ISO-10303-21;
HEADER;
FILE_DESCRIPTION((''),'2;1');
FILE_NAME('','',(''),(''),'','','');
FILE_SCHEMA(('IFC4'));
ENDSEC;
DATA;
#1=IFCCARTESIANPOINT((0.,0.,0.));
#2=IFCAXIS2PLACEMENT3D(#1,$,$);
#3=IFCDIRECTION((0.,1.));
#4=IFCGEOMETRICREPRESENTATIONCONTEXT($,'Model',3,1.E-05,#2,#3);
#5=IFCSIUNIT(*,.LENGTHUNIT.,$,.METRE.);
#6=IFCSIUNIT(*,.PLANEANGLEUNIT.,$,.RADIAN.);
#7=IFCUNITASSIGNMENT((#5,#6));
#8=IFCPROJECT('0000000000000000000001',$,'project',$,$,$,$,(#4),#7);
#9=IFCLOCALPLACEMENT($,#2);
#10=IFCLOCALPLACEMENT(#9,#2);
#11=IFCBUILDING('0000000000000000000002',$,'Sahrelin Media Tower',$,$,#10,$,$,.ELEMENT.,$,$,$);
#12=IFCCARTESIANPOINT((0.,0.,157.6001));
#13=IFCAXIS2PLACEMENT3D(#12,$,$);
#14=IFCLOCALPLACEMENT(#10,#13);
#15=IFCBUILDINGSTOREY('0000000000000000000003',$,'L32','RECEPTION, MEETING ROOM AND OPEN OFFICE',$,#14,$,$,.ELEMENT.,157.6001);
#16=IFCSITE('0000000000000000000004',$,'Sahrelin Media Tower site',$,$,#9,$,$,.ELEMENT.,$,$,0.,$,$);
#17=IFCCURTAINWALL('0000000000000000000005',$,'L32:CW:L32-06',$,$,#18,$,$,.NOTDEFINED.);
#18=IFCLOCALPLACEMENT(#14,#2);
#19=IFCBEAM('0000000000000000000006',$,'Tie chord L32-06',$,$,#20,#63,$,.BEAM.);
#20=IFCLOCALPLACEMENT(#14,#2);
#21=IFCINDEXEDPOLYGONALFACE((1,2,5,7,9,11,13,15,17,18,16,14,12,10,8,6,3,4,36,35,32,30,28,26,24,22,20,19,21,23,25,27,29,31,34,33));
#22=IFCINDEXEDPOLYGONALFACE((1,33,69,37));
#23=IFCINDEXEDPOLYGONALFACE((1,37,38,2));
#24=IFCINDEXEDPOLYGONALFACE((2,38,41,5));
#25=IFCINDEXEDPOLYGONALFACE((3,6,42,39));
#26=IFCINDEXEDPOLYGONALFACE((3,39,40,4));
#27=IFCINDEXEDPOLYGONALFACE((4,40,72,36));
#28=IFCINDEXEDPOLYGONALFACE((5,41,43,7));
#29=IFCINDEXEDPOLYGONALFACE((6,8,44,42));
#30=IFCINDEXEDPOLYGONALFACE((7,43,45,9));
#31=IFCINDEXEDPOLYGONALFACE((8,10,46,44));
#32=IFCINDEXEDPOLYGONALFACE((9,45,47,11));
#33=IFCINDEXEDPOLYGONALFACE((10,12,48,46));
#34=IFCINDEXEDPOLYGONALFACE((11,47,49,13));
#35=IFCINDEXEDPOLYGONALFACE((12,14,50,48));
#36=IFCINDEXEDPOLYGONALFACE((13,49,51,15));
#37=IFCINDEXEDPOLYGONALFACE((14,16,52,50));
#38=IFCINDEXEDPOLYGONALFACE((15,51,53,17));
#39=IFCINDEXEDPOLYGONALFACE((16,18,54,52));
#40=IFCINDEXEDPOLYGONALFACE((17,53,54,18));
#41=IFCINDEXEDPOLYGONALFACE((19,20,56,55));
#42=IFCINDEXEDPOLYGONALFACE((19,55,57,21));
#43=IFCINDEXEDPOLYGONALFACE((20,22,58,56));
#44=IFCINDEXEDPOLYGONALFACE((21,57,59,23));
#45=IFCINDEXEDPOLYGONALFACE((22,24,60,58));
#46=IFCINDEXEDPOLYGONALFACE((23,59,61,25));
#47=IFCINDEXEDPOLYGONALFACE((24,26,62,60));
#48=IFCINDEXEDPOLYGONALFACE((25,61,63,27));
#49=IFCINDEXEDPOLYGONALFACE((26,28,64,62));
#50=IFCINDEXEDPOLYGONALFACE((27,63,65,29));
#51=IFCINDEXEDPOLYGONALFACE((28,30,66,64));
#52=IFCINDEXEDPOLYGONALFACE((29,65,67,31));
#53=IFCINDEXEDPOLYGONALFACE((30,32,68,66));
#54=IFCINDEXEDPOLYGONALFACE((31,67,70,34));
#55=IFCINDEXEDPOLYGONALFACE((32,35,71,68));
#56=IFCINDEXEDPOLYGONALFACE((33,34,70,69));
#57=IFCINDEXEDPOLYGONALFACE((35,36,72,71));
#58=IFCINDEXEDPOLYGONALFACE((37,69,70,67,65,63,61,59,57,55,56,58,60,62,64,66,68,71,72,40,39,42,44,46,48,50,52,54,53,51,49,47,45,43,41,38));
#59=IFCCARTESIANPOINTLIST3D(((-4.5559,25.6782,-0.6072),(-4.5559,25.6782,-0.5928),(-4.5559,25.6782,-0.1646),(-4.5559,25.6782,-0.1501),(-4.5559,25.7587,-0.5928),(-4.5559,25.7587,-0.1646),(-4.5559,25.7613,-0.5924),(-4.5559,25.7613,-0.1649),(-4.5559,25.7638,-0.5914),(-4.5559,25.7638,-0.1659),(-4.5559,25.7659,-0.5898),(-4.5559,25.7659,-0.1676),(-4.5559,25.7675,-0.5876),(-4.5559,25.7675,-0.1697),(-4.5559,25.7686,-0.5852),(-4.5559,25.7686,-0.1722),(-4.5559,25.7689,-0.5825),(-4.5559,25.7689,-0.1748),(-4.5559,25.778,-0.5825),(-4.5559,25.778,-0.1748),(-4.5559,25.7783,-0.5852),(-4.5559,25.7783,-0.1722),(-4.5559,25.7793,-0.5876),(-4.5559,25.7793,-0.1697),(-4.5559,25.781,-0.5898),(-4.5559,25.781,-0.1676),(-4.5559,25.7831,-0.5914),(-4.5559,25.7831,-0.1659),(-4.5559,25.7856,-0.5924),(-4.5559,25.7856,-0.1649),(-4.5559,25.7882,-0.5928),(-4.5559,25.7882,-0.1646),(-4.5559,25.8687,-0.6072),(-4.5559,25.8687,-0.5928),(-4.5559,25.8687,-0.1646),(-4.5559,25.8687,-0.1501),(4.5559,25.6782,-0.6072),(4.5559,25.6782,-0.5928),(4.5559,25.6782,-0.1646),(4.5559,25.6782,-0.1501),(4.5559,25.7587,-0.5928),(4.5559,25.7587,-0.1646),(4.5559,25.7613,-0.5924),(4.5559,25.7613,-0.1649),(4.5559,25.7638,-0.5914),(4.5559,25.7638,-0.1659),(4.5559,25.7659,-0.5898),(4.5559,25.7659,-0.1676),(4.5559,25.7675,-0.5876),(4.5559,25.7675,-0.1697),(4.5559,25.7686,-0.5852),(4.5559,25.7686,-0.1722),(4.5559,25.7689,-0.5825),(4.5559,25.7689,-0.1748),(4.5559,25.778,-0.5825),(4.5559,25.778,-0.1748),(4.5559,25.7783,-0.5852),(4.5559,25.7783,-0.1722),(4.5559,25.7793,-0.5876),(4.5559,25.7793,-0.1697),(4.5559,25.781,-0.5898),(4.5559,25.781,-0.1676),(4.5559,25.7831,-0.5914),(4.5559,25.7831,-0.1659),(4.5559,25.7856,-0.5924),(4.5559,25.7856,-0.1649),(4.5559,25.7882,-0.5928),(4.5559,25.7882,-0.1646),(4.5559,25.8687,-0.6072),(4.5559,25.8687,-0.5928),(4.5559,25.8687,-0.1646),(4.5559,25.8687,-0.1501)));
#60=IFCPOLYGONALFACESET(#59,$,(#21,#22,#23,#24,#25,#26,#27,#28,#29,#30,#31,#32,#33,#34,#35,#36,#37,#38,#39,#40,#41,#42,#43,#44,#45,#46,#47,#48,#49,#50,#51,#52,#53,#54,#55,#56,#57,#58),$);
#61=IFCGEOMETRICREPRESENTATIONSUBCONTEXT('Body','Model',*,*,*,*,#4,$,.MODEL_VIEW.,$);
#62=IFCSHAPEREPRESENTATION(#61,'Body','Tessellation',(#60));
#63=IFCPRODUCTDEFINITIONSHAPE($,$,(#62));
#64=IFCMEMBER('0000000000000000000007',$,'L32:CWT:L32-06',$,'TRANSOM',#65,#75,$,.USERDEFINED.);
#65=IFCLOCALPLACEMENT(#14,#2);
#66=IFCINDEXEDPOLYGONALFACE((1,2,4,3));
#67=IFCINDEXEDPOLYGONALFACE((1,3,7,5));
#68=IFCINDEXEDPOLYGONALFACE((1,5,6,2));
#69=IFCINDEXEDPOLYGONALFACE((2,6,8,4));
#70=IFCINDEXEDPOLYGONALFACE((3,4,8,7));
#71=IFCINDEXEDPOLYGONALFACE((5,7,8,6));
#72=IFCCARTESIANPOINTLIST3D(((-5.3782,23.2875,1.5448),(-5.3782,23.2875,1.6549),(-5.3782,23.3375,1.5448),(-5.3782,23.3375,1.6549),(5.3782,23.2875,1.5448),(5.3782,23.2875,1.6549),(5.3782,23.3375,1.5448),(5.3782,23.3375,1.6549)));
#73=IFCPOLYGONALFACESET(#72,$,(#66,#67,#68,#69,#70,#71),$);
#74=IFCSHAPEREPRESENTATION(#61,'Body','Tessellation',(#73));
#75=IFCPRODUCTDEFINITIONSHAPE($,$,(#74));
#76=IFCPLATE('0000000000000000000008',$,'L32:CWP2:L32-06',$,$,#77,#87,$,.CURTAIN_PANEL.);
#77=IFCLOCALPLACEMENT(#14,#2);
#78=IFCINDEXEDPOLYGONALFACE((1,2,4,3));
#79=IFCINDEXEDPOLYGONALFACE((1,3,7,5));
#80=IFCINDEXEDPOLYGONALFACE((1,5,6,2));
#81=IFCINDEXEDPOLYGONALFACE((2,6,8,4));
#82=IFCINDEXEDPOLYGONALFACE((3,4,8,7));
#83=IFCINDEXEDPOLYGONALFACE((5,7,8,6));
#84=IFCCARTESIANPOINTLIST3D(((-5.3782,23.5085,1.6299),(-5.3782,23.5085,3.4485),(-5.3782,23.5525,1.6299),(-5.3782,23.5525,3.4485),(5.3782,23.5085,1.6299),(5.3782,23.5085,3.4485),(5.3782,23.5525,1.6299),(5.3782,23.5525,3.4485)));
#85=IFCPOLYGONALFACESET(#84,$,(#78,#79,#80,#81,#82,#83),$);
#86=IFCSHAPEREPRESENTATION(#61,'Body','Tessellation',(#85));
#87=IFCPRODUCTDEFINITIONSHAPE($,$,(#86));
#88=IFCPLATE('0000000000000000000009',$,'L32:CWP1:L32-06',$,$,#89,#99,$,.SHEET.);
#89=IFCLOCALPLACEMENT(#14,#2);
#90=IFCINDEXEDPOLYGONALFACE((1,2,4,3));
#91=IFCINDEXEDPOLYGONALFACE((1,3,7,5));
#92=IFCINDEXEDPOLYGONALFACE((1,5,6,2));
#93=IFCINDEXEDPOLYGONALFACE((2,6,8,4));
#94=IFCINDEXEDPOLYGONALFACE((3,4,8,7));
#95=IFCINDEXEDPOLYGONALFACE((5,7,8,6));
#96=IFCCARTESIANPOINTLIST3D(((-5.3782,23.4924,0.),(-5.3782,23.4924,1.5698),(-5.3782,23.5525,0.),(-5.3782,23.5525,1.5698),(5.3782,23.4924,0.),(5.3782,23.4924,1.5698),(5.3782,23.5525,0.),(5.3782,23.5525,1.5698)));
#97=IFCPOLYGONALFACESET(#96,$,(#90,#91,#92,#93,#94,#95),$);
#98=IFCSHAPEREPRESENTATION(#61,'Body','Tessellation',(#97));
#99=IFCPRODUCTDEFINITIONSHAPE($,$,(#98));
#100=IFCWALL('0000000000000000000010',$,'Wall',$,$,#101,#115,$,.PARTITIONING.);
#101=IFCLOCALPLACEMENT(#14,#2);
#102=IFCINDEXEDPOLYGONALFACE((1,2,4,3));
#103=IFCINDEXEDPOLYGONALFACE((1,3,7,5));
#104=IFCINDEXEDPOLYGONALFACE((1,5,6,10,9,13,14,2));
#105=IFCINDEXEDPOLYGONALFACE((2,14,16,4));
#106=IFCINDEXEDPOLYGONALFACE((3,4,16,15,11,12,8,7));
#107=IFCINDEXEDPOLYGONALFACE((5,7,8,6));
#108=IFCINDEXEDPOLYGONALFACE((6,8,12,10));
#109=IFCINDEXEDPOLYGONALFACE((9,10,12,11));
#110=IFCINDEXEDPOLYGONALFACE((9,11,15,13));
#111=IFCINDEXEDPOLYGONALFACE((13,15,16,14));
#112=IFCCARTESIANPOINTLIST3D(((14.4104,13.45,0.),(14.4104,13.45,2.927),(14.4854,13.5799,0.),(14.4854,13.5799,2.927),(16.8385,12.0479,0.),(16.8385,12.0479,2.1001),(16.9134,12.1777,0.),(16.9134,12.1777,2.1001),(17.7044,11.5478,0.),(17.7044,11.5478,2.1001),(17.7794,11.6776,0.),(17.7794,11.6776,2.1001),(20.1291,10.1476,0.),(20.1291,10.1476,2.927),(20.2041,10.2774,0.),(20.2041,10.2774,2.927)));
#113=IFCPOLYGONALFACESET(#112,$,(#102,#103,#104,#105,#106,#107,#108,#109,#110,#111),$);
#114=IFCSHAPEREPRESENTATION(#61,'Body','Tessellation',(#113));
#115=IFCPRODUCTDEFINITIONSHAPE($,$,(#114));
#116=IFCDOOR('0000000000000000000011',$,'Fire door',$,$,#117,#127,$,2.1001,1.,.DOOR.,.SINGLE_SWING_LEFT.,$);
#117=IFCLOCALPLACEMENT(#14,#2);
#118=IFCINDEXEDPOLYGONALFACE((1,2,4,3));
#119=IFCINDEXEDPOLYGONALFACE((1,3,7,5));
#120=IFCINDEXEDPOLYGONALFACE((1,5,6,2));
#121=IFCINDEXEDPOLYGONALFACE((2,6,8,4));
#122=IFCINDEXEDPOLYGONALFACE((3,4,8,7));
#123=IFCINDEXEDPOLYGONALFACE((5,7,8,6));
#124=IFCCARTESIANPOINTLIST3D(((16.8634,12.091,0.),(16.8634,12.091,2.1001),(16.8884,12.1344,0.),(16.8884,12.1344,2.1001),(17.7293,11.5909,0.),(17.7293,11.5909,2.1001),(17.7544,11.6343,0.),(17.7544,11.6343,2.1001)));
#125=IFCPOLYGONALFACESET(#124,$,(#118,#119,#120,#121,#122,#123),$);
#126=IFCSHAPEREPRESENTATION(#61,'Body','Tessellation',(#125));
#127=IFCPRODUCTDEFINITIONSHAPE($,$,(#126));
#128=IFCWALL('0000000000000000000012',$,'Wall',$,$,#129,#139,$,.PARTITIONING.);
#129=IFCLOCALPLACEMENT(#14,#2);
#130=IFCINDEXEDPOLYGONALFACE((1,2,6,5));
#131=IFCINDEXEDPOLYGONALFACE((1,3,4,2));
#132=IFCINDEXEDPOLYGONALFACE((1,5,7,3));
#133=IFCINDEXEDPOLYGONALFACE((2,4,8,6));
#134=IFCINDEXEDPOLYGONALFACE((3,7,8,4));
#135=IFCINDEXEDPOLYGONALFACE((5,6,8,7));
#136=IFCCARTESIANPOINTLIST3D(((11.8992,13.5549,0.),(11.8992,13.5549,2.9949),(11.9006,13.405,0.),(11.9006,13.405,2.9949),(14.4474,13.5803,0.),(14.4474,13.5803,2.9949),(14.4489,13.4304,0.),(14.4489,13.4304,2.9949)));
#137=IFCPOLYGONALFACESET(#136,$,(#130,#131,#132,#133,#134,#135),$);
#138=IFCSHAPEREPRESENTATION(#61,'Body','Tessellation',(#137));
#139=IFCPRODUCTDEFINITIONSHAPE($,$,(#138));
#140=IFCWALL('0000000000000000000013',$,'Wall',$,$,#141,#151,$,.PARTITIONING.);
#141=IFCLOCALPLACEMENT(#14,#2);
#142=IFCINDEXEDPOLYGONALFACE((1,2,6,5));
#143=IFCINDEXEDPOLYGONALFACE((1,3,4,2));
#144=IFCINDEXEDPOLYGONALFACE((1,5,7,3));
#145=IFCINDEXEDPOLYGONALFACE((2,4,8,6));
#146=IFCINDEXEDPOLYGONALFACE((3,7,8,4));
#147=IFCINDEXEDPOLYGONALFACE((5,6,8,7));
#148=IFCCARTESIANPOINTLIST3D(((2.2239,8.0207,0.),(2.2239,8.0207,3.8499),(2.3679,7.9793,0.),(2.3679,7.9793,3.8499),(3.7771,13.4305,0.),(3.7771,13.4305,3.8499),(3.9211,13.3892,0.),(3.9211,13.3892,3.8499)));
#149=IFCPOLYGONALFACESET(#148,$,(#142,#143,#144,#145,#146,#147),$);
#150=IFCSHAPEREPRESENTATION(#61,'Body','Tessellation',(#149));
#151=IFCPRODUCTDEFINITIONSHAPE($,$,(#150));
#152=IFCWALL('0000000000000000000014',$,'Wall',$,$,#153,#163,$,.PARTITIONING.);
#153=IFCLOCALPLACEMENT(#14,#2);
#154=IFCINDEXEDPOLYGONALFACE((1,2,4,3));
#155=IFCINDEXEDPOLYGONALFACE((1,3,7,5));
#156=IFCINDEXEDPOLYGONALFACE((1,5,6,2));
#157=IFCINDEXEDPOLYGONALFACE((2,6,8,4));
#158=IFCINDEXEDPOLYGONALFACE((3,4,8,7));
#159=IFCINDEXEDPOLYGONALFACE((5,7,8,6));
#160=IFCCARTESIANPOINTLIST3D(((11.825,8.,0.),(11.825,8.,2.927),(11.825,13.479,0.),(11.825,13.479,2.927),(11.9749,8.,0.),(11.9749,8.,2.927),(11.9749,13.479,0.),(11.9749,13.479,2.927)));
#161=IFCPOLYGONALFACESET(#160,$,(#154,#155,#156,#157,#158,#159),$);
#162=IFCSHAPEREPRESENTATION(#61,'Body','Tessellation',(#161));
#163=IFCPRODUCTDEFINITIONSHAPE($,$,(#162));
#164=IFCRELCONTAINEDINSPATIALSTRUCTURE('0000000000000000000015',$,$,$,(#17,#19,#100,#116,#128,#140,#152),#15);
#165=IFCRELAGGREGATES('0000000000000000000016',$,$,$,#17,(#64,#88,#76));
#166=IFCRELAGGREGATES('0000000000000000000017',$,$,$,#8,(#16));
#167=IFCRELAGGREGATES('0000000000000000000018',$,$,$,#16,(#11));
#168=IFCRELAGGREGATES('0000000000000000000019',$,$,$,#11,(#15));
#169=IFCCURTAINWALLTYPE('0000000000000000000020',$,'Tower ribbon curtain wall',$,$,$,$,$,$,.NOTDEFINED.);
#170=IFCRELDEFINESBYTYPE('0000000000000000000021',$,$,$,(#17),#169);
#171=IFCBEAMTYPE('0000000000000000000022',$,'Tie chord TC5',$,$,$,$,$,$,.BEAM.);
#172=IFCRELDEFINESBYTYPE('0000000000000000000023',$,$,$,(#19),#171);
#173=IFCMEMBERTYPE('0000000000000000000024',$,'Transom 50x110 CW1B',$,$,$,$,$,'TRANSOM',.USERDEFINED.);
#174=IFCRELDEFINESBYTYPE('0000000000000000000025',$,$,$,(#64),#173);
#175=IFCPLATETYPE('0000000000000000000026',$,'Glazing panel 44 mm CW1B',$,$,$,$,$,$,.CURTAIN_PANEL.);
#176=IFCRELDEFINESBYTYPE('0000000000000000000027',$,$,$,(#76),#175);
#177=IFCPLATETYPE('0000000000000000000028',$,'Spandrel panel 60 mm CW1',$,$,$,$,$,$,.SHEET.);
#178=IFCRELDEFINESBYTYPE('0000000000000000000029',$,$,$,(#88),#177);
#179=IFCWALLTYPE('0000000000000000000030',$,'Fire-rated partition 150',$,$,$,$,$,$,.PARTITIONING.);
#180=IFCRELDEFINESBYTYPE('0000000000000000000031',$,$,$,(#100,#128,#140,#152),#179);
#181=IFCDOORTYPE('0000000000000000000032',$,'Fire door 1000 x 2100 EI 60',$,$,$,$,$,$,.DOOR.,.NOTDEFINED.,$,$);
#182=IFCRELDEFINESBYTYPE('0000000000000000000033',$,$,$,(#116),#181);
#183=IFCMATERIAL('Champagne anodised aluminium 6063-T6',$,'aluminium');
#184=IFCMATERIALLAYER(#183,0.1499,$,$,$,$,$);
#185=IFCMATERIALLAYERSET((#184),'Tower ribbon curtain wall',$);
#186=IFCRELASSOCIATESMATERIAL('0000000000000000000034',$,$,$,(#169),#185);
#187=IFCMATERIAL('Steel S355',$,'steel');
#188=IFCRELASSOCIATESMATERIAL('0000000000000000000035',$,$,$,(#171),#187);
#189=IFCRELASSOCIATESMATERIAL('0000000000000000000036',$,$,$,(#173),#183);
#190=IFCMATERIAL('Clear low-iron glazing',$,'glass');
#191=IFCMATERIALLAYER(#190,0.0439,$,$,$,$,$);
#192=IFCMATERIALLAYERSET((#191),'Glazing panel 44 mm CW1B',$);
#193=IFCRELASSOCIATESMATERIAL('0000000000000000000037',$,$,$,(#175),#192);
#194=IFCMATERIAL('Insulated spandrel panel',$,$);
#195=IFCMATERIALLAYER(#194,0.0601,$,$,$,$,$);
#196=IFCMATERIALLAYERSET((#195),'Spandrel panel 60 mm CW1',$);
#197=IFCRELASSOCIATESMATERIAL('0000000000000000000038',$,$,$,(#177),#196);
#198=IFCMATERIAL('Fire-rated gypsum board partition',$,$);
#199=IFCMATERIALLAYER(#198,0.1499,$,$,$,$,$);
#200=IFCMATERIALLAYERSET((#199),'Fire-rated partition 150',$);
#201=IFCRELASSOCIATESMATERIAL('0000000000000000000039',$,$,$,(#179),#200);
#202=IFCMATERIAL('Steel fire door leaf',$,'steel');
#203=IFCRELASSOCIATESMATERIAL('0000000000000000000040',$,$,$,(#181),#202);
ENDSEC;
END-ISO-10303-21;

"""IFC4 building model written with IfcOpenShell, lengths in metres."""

from ifc_helpers import new_model, si_unit, direction, frame, frame_2d, origin, origin_2d, place, context, subcontext, project, spatial, polyline, rectangle, i_section, outline, extrude, material, layer, layer_set, material_profile, profile_set, type_object, element, fill, aggregate, save


model = new_model("IFC4")

# Units and contexts
model_context = context("Model", 3, precision=1e-05, world=origin(), true_north=direction((0.0, 1.0)))
body_context = subcontext(model_context, "Body", "Model", "MODEL_VIEW")
ifc_project = project(units=[si_unit("LENGTHUNIT", "METRE"), si_unit("PLANEANGLEUNIT", "RADIAN")], contexts=[model_context])

# Site, building, storey
site_placement = place(None, origin())
site = spatial("IfcSite", under=ifc_project, at=site_placement, Name="Sahrelin Media Tower site", CompositionType="ELEMENT", RefElevation=0.0)
building_placement = place(site_placement, origin())
building = spatial("IfcBuilding", under=site, at=building_placement, Name="Sahrelin Media Tower", CompositionType="ELEMENT")
storey_placement = place(building_placement, frame((0.0, 0.0, 157.6001)))
storey = spatial("IfcBuildingStorey", under=building, at=storey_placement, Name="L32", Description="RECEPTION, MEETING ROOM AND OPEN OFFICE", CompositionType="ELEMENT", Elevation=157.6001)

# Shared definitions
ifc_material_1 = material(Name="Steel S355", Category="steel")

# Curtain wall
ifc_material_2 = material(Name="Champagne anodised aluminium 6063-T6", Category="aluminium")
ifc_layer_1 = layer(ifc_material_2, 0.1499)
ifc_layer_set_1 = layer_set([ifc_layer_1], Name="Tower ribbon curtain wall")
curtain_wall_type = type_object("IfcCurtainWallType", Name="Tower ribbon curtain wall", PredefinedType="NOTDEFINED", material=ifc_layer_set_1)
placement_1 = place(storey_placement, frame((0.0, 23.5325, 0.0), z_axis=(0.0, 0.0, 1.0), x_axis=(1.0, 0.0, 0.0)))
curtain_wall_1 = element("IfcCurtainWall", 1, at=placement_1, inside=storey, type_object=curtain_wall_type, Name="L32:CW:L32-06", PredefinedType="NOTDEFINED")

# Beam
ifc_material_profile_1 = material_profile(ifc_material_1, i_section(OverallWidth=0.1904, OverallDepth=0.457, WebThickness=0.009, FlangeThickness=0.0144, FilletRadius=0.0103, at=origin_2d()), Name="UB 457x191x74")
ifc_profile_set_1 = profile_set([ifc_material_profile_1], Name="Steel S355")
beam_type_1 = type_object("IfcBeamType", Name="Tie chord TC5", PredefinedType="BEAM", material=ifc_profile_set_1)
beam_1_placement = place(storey_placement, frame((4.5559, 25.7734, -0.3787), z_axis=(-1.0, 0.0, 0.0), x_axis=(0.0, -1.0, 0.0)))
element("IfcBeam", 2, at=beam_1_placement, inside=storey, type_object=beam_type_1, Name="Tie chord L32-06", PredefinedType="BEAM", context=body_context, shape_type="SweptSolid", body=[
    extrude(i_section(OverallWidth=0.1904, OverallDepth=0.457, WebThickness=0.009, FlangeThickness=0.0144, FilletRadius=0.0103, at=origin_2d()), origin(), (0.0, 0.0, 1.0), 9.1118),
])

# Member
ifc_material_profile_2 = material_profile(ifc_material_2, rectangle(XDim=0.05, YDim=0.1101, at=origin_2d()), Name="Transom 50x110")
ifc_profile_set_2 = profile_set([ifc_material_profile_2], Name="Champagne anodised aluminium 6063-T6")
member_type_1 = type_object("IfcMemberType", Name="Transom 50x110 CW1B", ElementType="TRANSOM", PredefinedType="USERDEFINED", material=ifc_profile_set_2)
member_1_placement = place(storey_placement, frame((5.3782, 23.3125, 1.5999), z_axis=(-1.0, 0.0, 0.0), x_axis=(0.0, -1.0, 0.0)))
member_1 = element("IfcMember", 3, at=member_1_placement, type_object=member_type_1, Name="L32:CWT:L32-06", ObjectType="TRANSOM", PredefinedType="USERDEFINED", context=body_context, shape_type="SweptSolid", body=[
    extrude(rectangle(XDim=0.05, YDim=0.1101, at=origin_2d()), origin(), (0.0, 0.0, 1.0), 10.7563),
])

# Plates
ifc_material_3 = material(Name="Clear low-iron glazing", Category="glass")
ifc_layer_2 = layer(ifc_material_3, 0.0439)
ifc_layer_set_2 = layer_set([ifc_layer_2], Name="Glazing panel 44 mm CW1B")
plate_type_1 = type_object("IfcPlateType", Name="Glazing panel 44 mm CW1B", PredefinedType="CURTAIN_PANEL", material=ifc_layer_set_2)
plate_1_placement = place(storey_placement, frame((5.3782, 23.5525, 1.6299), z_axis=(0.0, 1.0, 0.0), x_axis=(-1.0, 0.0, 0.0)))
plate_1 = element("IfcPlate", 4, at=plate_1_placement, type_object=plate_type_1, Name="L32:CWP2:L32-06", PredefinedType="CURTAIN_PANEL", context=body_context, shape_type="SweptSolid", body=[
    extrude(outline(polyline([(0.0, 0.0), (10.7563, 0.0), (10.7563, 1.8186), (0.0, 1.8186), (0.0, 0.0)])), origin(), (0.0, 0.0, -1.0), 0.0439),
])
ifc_material_4 = material(Name="Insulated spandrel panel")
ifc_layer_3 = layer(ifc_material_4, 0.0601)
ifc_layer_set_3 = layer_set([ifc_layer_3], Name="Spandrel panel 60 mm CW1")
plate_type_2 = type_object("IfcPlateType", Name="Spandrel panel 60 mm CW1", PredefinedType="SHEET", material=ifc_layer_set_3)
plate_2_placement = place(storey_placement, frame((5.3782, 23.5525, 0.0), z_axis=(0.0, 1.0, 0.0), x_axis=(-1.0, 0.0, 0.0)))
plate_2 = element("IfcPlate", 5, at=plate_2_placement, type_object=plate_type_2, Name="L32:CWP1:L32-06", PredefinedType="SHEET", context=body_context, shape_type="SweptSolid", body=[
    extrude(outline(polyline([(0.0, 0.0), (10.7563, 0.0), (10.7563, 1.5698), (0.0, 1.5698), (0.0, 0.0)])), origin(), (0.0, 0.0, -1.0), 0.0601),
])
aggregate(curtain_wall_1, [member_1, plate_2, plate_1])

# Wall, opening, door
ifc_material_5 = material(Name="Fire-rated gypsum board partition")
ifc_layer_4 = layer(ifc_material_5, 0.1499)
ifc_layer_set_4 = layer_set([ifc_layer_4], Name="Fire-rated partition 150")
wall_type_1 = type_object("IfcWallType", Name="Fire-rated partition 150", PredefinedType="PARTITIONING", material=ifc_layer_set_4)
wall_1_placement = place(storey_placement, frame((14.448, 13.5149, 0.0), z_axis=(0.0, 0.0, 1.0), x_axis=(0.865975, -0.500087, 0.0)))
wall_1 = element("IfcWall", 6, at=wall_1_placement, inside=storey, type_object=wall_type_1, Name="Wall", PredefinedType="PARTITIONING", context=body_context, shape_type="SweptSolid", body=[
    extrude(rectangle(XDim=6.6038, YDim=0.1499, at=frame_2d((3.3018, 0.0))), origin(), (0.0, 0.0, 1.0), 2.927),
])
opening_1_placement = place(wall_1_placement, frame((2.8037, 0.0, 0.0)))
opening_1 = element("IfcOpeningElement", 7, at=opening_1_placement, cuts=wall_1, PredefinedType="OPENING", context=body_context, shape_type="SweptSolid", body=[
    extrude(rectangle(XDim=1.0, YDim=2.1001, at=frame_2d((0.5, 1.05))), frame((0.0, 0.075, 0.0), z_axis=(0.0, -1.0, 0.0), x_axis=(1.0, 0.0, 0.0)), (0.0, 0.0, 1.0), 0.1499),
])
ifc_material_6 = material(Name="Steel fire door leaf", Category="steel")
door_type = type_object("IfcDoorType", Name="Fire door 1000 x 2100 EI 60", OperationType="NOTDEFINED", PredefinedType="DOOR", material=ifc_material_6)
door_1_placement = place(opening_1_placement, origin())
door_1 = element("IfcDoor", 8, at=door_1_placement, inside=storey, type_object=door_type, Name="Fire door", OperationType="SINGLE_SWING_LEFT", OverallHeight=2.1001, OverallWidth=1.0, PredefinedType="DOOR", context=body_context, shape_type="SweptSolid", body=[
    extrude(rectangle(XDim=1.0, YDim=2.1001, at=frame_2d((0.5, 1.05))), frame((0.0, 0.0249, 0.0), z_axis=(0.0, -1.0, 0.0), x_axis=(1.0, 0.0, 0.0)), (0.0, 0.0, 1.0), 0.05),
])
fill(opening_1, door_1)

# Walls
wall_2_placement = place(storey_placement, frame((11.8999, 13.48, 0.0), z_axis=(0.0, 0.0, 1.0), x_axis=(0.99995, 0.009964, 0.0)))
element("IfcWall", 9, at=wall_2_placement, inside=storey, type_object=wall_type_1, Name="Wall", PredefinedType="PARTITIONING", context=body_context, shape_type="SweptSolid", body=[
    extrude(rectangle(XDim=2.5483, YDim=0.1499, at=frame_2d((1.2742, 0.0))), origin(), (0.0, 0.0, 1.0), 2.9949),
])
wall_3_placement = place(storey_placement, frame((2.2959, 8.0, 0.0), z_axis=(0.0, 0.0, 1.0), x_axis=(0.275958, 0.96117, 0.0)))
element("IfcWall", 10, at=wall_3_placement, inside=storey, type_object=wall_type_1, Name="Wall", PredefinedType="PARTITIONING", context=body_context, shape_type="SweptSolid", body=[
    extrude(rectangle(XDim=5.6284, YDim=0.1499, at=frame_2d((2.8142, 0.0))), origin(), (0.0, 0.0, 1.0), 3.8499),
])
wall_4_placement = place(storey_placement, frame((11.8999, 8.0, 0.0), z_axis=(0.0, 0.0, 1.0), x_axis=(0.0, 1.0, 0.0)))
element("IfcWall", 11, at=wall_4_placement, inside=storey, type_object=wall_type_1, Name="Wall", PredefinedType="PARTITIONING", context=body_context, shape_type="SweptSolid", body=[
    extrude(rectangle(XDim=5.479, YDim=0.1499, at=frame_2d((2.7395, 0.0))), origin(), (0.0, 0.0, 1.0), 2.927),
])

save(model, "model.ifc")
